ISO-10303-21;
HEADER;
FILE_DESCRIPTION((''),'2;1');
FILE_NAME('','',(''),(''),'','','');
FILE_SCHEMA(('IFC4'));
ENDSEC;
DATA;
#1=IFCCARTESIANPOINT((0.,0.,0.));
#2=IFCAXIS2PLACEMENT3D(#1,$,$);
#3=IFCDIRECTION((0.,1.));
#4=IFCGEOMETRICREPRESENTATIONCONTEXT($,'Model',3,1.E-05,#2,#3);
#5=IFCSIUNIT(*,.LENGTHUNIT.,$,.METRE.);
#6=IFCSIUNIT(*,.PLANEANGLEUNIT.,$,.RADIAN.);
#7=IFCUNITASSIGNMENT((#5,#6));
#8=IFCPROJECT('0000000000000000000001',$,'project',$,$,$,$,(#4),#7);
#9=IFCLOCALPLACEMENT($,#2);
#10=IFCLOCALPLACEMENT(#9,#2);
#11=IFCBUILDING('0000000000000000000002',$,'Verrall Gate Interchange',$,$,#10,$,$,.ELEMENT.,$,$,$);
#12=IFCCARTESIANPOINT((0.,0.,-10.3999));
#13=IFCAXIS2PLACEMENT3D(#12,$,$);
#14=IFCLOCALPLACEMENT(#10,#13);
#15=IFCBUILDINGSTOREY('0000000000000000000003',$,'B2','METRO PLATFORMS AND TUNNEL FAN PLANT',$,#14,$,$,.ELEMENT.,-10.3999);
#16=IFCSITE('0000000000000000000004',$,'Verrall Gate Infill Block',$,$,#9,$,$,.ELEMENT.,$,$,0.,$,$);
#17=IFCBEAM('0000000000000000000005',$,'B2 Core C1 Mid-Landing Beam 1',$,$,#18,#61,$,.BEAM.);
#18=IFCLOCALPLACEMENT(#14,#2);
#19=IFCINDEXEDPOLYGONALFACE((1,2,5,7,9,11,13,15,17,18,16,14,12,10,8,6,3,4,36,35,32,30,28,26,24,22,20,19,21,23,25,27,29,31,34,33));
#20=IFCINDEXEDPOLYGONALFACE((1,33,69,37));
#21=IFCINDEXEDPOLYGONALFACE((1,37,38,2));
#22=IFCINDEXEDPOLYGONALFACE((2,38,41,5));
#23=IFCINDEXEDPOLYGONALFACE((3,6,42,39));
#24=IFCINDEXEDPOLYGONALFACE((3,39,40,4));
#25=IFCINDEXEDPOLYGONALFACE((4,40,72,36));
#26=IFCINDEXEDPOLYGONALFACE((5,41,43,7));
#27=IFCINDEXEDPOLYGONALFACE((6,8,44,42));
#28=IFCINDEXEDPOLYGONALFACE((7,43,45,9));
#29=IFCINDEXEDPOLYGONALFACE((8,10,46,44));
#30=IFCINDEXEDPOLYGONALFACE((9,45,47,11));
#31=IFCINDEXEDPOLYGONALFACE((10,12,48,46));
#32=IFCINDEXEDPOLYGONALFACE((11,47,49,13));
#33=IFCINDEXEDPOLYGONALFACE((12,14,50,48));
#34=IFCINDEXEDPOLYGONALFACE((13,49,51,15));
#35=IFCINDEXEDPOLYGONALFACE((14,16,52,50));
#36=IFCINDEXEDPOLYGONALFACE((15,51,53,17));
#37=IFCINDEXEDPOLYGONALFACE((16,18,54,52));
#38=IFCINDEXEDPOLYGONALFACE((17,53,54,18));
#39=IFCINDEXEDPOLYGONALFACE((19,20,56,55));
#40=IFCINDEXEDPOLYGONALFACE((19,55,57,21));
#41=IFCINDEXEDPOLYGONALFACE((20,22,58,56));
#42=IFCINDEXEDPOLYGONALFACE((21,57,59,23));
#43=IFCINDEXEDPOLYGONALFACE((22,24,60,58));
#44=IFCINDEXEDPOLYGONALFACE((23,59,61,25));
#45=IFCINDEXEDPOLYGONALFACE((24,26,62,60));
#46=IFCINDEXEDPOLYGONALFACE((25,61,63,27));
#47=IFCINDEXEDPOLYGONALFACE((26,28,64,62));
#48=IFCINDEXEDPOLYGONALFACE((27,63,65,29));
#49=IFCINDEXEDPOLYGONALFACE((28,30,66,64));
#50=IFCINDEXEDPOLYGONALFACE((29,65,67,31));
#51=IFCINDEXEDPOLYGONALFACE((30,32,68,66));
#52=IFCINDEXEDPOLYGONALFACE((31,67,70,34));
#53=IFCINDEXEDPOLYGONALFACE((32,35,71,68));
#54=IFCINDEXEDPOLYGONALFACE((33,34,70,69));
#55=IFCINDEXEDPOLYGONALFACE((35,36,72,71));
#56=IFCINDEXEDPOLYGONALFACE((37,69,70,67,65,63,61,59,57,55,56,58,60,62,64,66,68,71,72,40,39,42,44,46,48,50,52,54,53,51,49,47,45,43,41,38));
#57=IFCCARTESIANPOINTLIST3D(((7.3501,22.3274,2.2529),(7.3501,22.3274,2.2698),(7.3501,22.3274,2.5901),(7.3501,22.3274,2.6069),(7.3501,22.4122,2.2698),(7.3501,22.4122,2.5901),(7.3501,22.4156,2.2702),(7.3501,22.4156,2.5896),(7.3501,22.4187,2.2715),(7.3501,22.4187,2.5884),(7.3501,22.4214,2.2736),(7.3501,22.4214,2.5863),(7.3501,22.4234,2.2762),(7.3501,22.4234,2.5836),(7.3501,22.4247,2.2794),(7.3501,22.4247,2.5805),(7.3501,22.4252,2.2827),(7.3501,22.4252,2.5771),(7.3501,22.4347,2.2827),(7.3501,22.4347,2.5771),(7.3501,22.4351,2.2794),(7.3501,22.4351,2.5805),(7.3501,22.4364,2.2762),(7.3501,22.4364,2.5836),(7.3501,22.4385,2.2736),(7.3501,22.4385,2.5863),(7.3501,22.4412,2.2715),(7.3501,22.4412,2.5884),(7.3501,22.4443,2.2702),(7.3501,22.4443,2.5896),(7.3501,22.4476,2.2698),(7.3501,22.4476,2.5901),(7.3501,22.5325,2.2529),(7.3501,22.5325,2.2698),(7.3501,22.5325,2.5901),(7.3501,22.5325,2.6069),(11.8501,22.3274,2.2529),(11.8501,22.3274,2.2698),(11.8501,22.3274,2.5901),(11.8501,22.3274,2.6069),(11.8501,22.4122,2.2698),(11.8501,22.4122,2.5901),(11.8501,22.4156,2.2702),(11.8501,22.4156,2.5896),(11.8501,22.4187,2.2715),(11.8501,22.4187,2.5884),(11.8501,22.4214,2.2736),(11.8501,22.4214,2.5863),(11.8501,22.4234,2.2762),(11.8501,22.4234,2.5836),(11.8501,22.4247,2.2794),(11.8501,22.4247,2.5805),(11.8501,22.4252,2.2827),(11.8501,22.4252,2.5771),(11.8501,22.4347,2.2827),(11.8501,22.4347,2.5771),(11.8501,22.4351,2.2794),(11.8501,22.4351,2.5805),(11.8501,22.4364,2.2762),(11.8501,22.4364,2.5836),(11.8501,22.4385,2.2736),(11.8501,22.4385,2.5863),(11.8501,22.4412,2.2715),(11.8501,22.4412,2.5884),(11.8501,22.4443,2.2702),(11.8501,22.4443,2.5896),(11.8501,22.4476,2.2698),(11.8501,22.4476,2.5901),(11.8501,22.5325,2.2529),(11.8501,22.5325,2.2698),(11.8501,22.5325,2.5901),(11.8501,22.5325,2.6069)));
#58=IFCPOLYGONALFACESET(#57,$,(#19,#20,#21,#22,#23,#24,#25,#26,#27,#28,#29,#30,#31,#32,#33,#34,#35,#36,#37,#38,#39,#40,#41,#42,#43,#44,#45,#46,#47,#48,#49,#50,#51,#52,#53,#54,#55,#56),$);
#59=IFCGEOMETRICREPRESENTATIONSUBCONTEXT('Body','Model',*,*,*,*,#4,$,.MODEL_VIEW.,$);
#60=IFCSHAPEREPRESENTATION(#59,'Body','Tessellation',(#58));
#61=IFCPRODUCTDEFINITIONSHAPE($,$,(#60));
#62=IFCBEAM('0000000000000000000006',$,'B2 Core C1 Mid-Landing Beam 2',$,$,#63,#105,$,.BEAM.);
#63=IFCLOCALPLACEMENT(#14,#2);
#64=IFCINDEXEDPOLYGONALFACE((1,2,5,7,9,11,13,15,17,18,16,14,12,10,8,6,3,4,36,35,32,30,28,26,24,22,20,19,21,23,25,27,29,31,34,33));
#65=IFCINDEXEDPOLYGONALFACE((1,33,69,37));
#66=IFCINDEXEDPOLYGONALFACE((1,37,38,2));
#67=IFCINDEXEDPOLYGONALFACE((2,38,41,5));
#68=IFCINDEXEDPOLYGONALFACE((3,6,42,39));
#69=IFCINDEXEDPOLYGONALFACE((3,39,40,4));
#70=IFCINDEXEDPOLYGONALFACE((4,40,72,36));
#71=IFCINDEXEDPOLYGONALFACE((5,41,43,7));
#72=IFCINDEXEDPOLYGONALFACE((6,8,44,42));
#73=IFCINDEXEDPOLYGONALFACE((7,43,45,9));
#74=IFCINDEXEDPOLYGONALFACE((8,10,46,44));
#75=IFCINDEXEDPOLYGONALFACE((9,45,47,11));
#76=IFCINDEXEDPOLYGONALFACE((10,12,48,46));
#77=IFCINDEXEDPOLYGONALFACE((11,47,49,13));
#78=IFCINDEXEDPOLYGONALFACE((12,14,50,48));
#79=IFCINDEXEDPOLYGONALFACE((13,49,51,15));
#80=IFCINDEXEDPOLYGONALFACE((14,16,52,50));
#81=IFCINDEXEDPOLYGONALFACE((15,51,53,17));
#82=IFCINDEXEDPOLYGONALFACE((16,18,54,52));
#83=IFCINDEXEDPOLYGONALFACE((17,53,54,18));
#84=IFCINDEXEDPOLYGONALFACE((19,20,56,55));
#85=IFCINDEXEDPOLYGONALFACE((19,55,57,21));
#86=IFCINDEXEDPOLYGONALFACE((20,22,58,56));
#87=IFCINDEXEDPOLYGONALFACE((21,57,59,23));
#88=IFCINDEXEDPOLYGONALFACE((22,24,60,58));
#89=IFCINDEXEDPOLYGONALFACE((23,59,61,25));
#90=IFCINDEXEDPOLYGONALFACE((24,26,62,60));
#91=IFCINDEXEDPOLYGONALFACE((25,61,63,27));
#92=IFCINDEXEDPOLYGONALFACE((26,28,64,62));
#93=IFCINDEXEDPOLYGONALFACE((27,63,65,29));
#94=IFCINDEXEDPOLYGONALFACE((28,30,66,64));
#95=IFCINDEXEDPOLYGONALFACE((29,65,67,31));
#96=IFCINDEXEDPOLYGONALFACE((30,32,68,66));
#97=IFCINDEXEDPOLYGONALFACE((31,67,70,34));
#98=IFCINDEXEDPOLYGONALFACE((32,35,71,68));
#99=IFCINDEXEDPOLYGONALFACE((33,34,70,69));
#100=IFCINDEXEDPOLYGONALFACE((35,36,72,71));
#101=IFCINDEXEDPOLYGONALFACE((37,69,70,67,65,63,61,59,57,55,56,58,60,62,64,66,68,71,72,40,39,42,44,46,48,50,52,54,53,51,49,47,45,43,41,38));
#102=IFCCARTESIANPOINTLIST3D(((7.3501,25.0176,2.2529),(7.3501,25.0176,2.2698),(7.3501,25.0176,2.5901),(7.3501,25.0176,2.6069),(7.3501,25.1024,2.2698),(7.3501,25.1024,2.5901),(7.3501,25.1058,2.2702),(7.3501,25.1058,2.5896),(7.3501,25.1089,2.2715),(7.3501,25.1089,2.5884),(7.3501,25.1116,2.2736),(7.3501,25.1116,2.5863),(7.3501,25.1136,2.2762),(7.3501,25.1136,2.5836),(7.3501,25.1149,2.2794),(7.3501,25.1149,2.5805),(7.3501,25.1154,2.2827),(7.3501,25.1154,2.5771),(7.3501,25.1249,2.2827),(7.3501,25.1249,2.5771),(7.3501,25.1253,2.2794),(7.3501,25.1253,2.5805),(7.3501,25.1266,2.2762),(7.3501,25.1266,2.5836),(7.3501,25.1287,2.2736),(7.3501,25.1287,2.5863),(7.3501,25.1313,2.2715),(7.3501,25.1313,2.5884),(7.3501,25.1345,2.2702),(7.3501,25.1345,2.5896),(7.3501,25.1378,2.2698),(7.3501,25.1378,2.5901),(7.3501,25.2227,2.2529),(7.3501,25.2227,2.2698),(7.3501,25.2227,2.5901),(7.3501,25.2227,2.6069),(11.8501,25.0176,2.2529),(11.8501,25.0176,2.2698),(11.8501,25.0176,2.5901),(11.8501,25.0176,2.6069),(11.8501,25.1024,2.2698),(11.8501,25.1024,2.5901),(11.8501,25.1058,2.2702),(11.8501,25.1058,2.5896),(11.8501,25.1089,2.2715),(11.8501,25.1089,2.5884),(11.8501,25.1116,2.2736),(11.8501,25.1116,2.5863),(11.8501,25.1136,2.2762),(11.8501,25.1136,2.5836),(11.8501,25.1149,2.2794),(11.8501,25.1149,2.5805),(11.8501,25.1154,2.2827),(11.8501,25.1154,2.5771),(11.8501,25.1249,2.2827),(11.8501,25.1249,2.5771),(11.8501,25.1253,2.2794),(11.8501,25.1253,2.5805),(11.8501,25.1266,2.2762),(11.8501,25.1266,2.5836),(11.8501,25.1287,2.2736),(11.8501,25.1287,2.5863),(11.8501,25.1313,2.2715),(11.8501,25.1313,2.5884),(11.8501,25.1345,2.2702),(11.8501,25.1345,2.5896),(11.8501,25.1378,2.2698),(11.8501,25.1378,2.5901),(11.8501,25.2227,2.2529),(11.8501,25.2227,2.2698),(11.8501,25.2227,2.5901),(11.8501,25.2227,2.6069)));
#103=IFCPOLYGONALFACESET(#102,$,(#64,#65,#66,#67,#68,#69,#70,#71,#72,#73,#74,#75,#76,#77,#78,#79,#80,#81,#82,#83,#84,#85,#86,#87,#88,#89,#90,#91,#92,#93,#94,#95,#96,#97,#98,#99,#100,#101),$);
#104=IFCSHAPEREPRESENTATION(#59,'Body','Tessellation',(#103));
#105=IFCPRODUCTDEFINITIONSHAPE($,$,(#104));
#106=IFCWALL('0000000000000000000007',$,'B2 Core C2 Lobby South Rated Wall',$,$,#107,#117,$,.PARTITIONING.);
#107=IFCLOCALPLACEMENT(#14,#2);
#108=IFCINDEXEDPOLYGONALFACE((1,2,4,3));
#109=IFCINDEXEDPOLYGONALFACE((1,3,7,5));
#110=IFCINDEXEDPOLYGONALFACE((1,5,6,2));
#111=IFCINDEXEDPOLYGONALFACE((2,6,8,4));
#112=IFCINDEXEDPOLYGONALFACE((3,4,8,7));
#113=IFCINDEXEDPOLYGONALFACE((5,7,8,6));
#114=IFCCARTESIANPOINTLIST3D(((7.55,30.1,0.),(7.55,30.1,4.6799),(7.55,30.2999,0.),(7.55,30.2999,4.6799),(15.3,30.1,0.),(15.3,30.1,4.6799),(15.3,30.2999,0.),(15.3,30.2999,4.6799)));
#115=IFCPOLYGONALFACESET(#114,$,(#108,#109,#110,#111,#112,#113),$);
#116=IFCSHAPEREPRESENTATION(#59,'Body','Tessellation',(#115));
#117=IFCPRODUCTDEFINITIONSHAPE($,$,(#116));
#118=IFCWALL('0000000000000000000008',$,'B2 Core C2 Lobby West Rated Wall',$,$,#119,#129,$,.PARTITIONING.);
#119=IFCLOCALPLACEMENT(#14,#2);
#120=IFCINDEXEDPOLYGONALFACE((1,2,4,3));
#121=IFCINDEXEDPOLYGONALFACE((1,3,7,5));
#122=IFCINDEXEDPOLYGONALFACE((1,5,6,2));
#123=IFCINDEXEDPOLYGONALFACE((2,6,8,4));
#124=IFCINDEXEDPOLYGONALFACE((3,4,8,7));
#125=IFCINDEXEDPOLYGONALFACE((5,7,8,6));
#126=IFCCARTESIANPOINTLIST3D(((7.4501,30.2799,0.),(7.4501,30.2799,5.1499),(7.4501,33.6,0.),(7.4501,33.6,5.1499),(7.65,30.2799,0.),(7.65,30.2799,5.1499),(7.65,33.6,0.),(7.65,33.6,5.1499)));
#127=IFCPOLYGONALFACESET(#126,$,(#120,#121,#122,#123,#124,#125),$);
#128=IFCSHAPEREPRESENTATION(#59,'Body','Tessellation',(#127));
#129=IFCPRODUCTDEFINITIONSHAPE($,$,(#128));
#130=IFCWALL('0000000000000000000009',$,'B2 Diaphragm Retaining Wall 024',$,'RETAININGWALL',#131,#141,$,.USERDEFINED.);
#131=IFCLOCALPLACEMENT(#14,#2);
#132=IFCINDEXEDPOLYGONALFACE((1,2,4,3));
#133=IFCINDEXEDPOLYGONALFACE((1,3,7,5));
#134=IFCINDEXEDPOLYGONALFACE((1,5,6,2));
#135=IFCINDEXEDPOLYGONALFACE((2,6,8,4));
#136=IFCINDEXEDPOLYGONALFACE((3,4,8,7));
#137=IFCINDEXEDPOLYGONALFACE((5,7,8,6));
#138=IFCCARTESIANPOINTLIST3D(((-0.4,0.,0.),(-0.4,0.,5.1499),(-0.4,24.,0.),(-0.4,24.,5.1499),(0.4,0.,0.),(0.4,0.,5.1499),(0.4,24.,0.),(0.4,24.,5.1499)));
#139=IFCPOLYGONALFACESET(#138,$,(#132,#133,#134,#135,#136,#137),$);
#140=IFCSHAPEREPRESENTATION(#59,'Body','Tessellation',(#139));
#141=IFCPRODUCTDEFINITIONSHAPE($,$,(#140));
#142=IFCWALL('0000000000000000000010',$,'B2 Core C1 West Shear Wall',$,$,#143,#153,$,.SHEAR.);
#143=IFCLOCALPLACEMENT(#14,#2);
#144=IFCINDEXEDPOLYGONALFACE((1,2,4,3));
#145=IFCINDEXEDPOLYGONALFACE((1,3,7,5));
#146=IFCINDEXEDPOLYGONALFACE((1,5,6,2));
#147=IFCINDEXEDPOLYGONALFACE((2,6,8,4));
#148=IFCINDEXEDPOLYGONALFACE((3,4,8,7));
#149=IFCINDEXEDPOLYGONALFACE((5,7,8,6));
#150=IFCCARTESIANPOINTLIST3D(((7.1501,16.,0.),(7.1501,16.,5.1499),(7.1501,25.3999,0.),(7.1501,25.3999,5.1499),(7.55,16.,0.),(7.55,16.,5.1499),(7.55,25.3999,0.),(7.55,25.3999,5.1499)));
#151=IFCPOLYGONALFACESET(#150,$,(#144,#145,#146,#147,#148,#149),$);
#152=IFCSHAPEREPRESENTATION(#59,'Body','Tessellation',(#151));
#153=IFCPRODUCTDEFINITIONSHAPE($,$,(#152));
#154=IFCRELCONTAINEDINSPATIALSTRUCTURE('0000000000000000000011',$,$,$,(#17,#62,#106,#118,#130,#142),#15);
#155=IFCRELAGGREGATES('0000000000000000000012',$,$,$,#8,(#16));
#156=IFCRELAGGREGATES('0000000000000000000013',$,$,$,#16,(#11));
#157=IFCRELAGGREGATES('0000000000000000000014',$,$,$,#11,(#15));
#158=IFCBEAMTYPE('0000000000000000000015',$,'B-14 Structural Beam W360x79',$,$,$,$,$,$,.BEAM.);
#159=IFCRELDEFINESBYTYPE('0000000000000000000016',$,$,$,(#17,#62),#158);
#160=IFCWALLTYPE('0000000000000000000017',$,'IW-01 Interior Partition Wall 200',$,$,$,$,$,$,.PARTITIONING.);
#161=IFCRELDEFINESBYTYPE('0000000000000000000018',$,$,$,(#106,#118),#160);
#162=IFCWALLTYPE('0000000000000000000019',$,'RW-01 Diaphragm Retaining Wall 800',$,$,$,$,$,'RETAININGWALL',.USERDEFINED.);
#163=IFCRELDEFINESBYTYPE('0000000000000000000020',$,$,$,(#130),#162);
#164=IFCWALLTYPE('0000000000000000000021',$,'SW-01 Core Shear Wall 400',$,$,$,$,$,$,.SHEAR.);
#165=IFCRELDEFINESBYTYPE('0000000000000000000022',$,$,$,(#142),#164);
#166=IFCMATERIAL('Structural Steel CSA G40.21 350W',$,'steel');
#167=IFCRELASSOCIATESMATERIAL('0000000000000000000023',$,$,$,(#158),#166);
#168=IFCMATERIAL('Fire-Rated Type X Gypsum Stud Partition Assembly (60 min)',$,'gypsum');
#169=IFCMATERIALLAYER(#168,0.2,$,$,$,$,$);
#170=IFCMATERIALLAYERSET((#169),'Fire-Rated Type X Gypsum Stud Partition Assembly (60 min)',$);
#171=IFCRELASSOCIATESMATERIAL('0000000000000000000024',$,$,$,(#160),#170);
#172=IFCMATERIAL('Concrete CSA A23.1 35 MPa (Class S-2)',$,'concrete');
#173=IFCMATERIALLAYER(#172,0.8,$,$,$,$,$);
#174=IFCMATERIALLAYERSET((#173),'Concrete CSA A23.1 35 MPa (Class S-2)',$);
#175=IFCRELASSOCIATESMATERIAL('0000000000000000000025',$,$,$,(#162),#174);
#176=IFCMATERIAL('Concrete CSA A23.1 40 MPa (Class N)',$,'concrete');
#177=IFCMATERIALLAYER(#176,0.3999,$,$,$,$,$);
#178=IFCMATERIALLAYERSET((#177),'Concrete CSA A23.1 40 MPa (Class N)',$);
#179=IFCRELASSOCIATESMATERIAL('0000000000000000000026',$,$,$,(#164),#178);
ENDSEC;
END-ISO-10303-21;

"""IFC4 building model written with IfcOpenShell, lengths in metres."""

from ifc_helpers import new_model, si_unit, direction, frame, frame_2d, origin, origin_2d, place, context, subcontext, project, spatial, rectangle, i_section, extrude, material, layer, layer_set, material_profile, profile_set, type_object, element, save


model = new_model("IFC4")

# Units and contexts
model_context = context("Model", 3, precision=1e-05, world=origin(), true_north=direction((0.0, 1.0)))
body_context = subcontext(model_context, "Body", "Model", "MODEL_VIEW")
ifc_project = project(units=[si_unit("LENGTHUNIT", "METRE"), si_unit("PLANEANGLEUNIT", "RADIAN")], contexts=[model_context])

# Site, building, storey
site_placement = place(None, origin())
site = spatial("IfcSite", under=ifc_project, at=site_placement, Name="Verrall Gate Infill Block", CompositionType="ELEMENT", RefElevation=0.0)
building_placement = place(site_placement, origin())
building = spatial("IfcBuilding", under=site, at=building_placement, Name="Verrall Gate Interchange", CompositionType="ELEMENT")
storey_placement = place(building_placement, frame((0.0, 0.0, -10.3999)))
storey = spatial("IfcBuildingStorey", under=building, at=storey_placement, Name="B2", Description="METRO PLATFORMS AND TUNNEL FAN PLANT", CompositionType="ELEMENT", Elevation=-10.3999)

# Beams
ifc_material_1 = material(Name="Structural Steel CSA G40.21 350W", Category="steel")
ifc_material_profile_1 = material_profile(ifc_material_1, i_section(OverallWidth=0.2051, OverallDepth=0.354, WebThickness=0.0095, FlangeThickness=0.0168, FilletRadius=0.0129, at=origin_2d()), Name="W360x79")
ifc_profile_set_1 = profile_set([ifc_material_profile_1], Name="Structural Steel CSA G40.21 350W")
beam_type = type_object("IfcBeamType", Name="B-14 Structural Beam W360x79", PredefinedType="BEAM", material=ifc_profile_set_1)
for number, where, z_axis, x_axis, name in (
    (1, (7.3501, 22.4299, 2.4299), (1.0, 0.0, 0.0), (0.0, 1.0, 0.0), "B2 Core C1 Mid-Landing Beam 1"),
    (2, (7.3501, 25.1201, 2.4299), (1.0, 0.0, 0.0), (0.0, 1.0, 0.0), "B2 Core C1 Mid-Landing Beam 2"),
):
    element("IfcBeam", number, at=place(storey_placement, frame(where, z_axis=z_axis, x_axis=x_axis)), inside=storey, type_object=beam_type, Name=name, PredefinedType="BEAM", context=body_context, shape_type="SweptSolid", body=[
        extrude(i_section(OverallWidth=0.2051, OverallDepth=0.354, WebThickness=0.0095, FlangeThickness=0.0168, FilletRadius=0.0129, at=origin_2d()), origin(), (0.0, 0.0, 1.0), 4.5),
    ])

# Walls
ifc_material_2 = material(Name="Fire-Rated Type X Gypsum Stud Partition Assembly (60 min)", Category="gypsum")
ifc_layer_1 = layer(ifc_material_2, 0.2)
ifc_layer_set_1 = layer_set([ifc_layer_1], Name="Fire-Rated Type X Gypsum Stud Partition Assembly (60 min)")
wall_type_1 = type_object("IfcWallType", Name="IW-01 Interior Partition Wall 200", PredefinedType="PARTITIONING", material=ifc_layer_set_1)
wall_1_placement = place(storey_placement, frame((7.55, 30.2, 0.0), z_axis=(0.0, 0.0, 1.0), x_axis=(1.0, 0.0, 0.0)))
element("IfcWall", 3, at=wall_1_placement, inside=storey, type_object=wall_type_1, Name="B2 Core C2 Lobby South Rated Wall", PredefinedType="PARTITIONING", context=body_context, shape_type="SweptSolid", body=[
    extrude(rectangle(XDim=7.75, YDim=0.2, at=frame_2d((3.875, 0.0))), origin(), (0.0, 0.0, 1.0), 4.6799),
])
wall_2_placement = place(storey_placement, frame((7.55, 33.6001, 0.0), z_axis=(0.0, 0.0, 1.0), x_axis=(0.0, -1.0, 0.0)))
element("IfcWall", 4, at=wall_2_placement, inside=storey, type_object=wall_type_1, Name="B2 Core C2 Lobby West Rated Wall", PredefinedType="PARTITIONING", context=body_context, shape_type="SweptSolid", body=[
    extrude(rectangle(XDim=3.3201, YDim=0.2, at=frame_2d((1.6602, 0.0))), origin(), (0.0, 0.0, 1.0), 5.1499),
])
ifc_material_3 = material(Name="Concrete CSA A23.1 35 MPa (Class S-2)", Category="concrete")
ifc_layer_2 = layer(ifc_material_3, 0.8)
ifc_layer_set_2 = layer_set([ifc_layer_2], Name="Concrete CSA A23.1 35 MPa (Class S-2)")
wall_type_2 = type_object("IfcWallType", Name="RW-01 Diaphragm Retaining Wall 800", ElementType="RETAININGWALL", PredefinedType="USERDEFINED", material=ifc_layer_set_2)
wall_3_placement = place(storey_placement, frame((0.0, 24.0, 0.0), z_axis=(0.0, 0.0, 1.0), x_axis=(0.0, -1.0, 0.0)))
element("IfcWall", 5, at=wall_3_placement, inside=storey, type_object=wall_type_2, Name="B2 Diaphragm Retaining Wall 024", ObjectType="RETAININGWALL", PredefinedType="USERDEFINED", context=body_context, shape_type="SweptSolid", body=[
    extrude(rectangle(XDim=24.0, YDim=0.8, at=frame_2d((12.0, 0.0))), origin(), (0.0, 0.0, 1.0), 5.1499),
])
ifc_material_4 = material(Name="Concrete CSA A23.1 40 MPa (Class N)", Category="concrete")
ifc_layer_3 = layer(ifc_material_4, 0.3999)
ifc_layer_set_3 = layer_set([ifc_layer_3], Name="Concrete CSA A23.1 40 MPa (Class N)")
wall_type_3 = type_object("IfcWallType", Name="SW-01 Core Shear Wall 400", PredefinedType="SHEAR", material=ifc_layer_set_3)
wall_4_placement = place(storey_placement, frame((7.3501, 25.3999, 0.0), z_axis=(0.0, 0.0, 1.0), x_axis=(0.0, -1.0, 0.0)))
element("IfcWall", 6, at=wall_4_placement, inside=storey, type_object=wall_type_3, Name="B2 Core C1 West Shear Wall", PredefinedType="SHEAR", context=body_context, shape_type="SweptSolid", body=[
    extrude(rectangle(XDim=9.3999, YDim=0.3999, at=frame_2d((4.7, 0.0))), origin(), (0.0, 0.0, 1.0), 5.1499),
])

save(model, "model.ifc")
